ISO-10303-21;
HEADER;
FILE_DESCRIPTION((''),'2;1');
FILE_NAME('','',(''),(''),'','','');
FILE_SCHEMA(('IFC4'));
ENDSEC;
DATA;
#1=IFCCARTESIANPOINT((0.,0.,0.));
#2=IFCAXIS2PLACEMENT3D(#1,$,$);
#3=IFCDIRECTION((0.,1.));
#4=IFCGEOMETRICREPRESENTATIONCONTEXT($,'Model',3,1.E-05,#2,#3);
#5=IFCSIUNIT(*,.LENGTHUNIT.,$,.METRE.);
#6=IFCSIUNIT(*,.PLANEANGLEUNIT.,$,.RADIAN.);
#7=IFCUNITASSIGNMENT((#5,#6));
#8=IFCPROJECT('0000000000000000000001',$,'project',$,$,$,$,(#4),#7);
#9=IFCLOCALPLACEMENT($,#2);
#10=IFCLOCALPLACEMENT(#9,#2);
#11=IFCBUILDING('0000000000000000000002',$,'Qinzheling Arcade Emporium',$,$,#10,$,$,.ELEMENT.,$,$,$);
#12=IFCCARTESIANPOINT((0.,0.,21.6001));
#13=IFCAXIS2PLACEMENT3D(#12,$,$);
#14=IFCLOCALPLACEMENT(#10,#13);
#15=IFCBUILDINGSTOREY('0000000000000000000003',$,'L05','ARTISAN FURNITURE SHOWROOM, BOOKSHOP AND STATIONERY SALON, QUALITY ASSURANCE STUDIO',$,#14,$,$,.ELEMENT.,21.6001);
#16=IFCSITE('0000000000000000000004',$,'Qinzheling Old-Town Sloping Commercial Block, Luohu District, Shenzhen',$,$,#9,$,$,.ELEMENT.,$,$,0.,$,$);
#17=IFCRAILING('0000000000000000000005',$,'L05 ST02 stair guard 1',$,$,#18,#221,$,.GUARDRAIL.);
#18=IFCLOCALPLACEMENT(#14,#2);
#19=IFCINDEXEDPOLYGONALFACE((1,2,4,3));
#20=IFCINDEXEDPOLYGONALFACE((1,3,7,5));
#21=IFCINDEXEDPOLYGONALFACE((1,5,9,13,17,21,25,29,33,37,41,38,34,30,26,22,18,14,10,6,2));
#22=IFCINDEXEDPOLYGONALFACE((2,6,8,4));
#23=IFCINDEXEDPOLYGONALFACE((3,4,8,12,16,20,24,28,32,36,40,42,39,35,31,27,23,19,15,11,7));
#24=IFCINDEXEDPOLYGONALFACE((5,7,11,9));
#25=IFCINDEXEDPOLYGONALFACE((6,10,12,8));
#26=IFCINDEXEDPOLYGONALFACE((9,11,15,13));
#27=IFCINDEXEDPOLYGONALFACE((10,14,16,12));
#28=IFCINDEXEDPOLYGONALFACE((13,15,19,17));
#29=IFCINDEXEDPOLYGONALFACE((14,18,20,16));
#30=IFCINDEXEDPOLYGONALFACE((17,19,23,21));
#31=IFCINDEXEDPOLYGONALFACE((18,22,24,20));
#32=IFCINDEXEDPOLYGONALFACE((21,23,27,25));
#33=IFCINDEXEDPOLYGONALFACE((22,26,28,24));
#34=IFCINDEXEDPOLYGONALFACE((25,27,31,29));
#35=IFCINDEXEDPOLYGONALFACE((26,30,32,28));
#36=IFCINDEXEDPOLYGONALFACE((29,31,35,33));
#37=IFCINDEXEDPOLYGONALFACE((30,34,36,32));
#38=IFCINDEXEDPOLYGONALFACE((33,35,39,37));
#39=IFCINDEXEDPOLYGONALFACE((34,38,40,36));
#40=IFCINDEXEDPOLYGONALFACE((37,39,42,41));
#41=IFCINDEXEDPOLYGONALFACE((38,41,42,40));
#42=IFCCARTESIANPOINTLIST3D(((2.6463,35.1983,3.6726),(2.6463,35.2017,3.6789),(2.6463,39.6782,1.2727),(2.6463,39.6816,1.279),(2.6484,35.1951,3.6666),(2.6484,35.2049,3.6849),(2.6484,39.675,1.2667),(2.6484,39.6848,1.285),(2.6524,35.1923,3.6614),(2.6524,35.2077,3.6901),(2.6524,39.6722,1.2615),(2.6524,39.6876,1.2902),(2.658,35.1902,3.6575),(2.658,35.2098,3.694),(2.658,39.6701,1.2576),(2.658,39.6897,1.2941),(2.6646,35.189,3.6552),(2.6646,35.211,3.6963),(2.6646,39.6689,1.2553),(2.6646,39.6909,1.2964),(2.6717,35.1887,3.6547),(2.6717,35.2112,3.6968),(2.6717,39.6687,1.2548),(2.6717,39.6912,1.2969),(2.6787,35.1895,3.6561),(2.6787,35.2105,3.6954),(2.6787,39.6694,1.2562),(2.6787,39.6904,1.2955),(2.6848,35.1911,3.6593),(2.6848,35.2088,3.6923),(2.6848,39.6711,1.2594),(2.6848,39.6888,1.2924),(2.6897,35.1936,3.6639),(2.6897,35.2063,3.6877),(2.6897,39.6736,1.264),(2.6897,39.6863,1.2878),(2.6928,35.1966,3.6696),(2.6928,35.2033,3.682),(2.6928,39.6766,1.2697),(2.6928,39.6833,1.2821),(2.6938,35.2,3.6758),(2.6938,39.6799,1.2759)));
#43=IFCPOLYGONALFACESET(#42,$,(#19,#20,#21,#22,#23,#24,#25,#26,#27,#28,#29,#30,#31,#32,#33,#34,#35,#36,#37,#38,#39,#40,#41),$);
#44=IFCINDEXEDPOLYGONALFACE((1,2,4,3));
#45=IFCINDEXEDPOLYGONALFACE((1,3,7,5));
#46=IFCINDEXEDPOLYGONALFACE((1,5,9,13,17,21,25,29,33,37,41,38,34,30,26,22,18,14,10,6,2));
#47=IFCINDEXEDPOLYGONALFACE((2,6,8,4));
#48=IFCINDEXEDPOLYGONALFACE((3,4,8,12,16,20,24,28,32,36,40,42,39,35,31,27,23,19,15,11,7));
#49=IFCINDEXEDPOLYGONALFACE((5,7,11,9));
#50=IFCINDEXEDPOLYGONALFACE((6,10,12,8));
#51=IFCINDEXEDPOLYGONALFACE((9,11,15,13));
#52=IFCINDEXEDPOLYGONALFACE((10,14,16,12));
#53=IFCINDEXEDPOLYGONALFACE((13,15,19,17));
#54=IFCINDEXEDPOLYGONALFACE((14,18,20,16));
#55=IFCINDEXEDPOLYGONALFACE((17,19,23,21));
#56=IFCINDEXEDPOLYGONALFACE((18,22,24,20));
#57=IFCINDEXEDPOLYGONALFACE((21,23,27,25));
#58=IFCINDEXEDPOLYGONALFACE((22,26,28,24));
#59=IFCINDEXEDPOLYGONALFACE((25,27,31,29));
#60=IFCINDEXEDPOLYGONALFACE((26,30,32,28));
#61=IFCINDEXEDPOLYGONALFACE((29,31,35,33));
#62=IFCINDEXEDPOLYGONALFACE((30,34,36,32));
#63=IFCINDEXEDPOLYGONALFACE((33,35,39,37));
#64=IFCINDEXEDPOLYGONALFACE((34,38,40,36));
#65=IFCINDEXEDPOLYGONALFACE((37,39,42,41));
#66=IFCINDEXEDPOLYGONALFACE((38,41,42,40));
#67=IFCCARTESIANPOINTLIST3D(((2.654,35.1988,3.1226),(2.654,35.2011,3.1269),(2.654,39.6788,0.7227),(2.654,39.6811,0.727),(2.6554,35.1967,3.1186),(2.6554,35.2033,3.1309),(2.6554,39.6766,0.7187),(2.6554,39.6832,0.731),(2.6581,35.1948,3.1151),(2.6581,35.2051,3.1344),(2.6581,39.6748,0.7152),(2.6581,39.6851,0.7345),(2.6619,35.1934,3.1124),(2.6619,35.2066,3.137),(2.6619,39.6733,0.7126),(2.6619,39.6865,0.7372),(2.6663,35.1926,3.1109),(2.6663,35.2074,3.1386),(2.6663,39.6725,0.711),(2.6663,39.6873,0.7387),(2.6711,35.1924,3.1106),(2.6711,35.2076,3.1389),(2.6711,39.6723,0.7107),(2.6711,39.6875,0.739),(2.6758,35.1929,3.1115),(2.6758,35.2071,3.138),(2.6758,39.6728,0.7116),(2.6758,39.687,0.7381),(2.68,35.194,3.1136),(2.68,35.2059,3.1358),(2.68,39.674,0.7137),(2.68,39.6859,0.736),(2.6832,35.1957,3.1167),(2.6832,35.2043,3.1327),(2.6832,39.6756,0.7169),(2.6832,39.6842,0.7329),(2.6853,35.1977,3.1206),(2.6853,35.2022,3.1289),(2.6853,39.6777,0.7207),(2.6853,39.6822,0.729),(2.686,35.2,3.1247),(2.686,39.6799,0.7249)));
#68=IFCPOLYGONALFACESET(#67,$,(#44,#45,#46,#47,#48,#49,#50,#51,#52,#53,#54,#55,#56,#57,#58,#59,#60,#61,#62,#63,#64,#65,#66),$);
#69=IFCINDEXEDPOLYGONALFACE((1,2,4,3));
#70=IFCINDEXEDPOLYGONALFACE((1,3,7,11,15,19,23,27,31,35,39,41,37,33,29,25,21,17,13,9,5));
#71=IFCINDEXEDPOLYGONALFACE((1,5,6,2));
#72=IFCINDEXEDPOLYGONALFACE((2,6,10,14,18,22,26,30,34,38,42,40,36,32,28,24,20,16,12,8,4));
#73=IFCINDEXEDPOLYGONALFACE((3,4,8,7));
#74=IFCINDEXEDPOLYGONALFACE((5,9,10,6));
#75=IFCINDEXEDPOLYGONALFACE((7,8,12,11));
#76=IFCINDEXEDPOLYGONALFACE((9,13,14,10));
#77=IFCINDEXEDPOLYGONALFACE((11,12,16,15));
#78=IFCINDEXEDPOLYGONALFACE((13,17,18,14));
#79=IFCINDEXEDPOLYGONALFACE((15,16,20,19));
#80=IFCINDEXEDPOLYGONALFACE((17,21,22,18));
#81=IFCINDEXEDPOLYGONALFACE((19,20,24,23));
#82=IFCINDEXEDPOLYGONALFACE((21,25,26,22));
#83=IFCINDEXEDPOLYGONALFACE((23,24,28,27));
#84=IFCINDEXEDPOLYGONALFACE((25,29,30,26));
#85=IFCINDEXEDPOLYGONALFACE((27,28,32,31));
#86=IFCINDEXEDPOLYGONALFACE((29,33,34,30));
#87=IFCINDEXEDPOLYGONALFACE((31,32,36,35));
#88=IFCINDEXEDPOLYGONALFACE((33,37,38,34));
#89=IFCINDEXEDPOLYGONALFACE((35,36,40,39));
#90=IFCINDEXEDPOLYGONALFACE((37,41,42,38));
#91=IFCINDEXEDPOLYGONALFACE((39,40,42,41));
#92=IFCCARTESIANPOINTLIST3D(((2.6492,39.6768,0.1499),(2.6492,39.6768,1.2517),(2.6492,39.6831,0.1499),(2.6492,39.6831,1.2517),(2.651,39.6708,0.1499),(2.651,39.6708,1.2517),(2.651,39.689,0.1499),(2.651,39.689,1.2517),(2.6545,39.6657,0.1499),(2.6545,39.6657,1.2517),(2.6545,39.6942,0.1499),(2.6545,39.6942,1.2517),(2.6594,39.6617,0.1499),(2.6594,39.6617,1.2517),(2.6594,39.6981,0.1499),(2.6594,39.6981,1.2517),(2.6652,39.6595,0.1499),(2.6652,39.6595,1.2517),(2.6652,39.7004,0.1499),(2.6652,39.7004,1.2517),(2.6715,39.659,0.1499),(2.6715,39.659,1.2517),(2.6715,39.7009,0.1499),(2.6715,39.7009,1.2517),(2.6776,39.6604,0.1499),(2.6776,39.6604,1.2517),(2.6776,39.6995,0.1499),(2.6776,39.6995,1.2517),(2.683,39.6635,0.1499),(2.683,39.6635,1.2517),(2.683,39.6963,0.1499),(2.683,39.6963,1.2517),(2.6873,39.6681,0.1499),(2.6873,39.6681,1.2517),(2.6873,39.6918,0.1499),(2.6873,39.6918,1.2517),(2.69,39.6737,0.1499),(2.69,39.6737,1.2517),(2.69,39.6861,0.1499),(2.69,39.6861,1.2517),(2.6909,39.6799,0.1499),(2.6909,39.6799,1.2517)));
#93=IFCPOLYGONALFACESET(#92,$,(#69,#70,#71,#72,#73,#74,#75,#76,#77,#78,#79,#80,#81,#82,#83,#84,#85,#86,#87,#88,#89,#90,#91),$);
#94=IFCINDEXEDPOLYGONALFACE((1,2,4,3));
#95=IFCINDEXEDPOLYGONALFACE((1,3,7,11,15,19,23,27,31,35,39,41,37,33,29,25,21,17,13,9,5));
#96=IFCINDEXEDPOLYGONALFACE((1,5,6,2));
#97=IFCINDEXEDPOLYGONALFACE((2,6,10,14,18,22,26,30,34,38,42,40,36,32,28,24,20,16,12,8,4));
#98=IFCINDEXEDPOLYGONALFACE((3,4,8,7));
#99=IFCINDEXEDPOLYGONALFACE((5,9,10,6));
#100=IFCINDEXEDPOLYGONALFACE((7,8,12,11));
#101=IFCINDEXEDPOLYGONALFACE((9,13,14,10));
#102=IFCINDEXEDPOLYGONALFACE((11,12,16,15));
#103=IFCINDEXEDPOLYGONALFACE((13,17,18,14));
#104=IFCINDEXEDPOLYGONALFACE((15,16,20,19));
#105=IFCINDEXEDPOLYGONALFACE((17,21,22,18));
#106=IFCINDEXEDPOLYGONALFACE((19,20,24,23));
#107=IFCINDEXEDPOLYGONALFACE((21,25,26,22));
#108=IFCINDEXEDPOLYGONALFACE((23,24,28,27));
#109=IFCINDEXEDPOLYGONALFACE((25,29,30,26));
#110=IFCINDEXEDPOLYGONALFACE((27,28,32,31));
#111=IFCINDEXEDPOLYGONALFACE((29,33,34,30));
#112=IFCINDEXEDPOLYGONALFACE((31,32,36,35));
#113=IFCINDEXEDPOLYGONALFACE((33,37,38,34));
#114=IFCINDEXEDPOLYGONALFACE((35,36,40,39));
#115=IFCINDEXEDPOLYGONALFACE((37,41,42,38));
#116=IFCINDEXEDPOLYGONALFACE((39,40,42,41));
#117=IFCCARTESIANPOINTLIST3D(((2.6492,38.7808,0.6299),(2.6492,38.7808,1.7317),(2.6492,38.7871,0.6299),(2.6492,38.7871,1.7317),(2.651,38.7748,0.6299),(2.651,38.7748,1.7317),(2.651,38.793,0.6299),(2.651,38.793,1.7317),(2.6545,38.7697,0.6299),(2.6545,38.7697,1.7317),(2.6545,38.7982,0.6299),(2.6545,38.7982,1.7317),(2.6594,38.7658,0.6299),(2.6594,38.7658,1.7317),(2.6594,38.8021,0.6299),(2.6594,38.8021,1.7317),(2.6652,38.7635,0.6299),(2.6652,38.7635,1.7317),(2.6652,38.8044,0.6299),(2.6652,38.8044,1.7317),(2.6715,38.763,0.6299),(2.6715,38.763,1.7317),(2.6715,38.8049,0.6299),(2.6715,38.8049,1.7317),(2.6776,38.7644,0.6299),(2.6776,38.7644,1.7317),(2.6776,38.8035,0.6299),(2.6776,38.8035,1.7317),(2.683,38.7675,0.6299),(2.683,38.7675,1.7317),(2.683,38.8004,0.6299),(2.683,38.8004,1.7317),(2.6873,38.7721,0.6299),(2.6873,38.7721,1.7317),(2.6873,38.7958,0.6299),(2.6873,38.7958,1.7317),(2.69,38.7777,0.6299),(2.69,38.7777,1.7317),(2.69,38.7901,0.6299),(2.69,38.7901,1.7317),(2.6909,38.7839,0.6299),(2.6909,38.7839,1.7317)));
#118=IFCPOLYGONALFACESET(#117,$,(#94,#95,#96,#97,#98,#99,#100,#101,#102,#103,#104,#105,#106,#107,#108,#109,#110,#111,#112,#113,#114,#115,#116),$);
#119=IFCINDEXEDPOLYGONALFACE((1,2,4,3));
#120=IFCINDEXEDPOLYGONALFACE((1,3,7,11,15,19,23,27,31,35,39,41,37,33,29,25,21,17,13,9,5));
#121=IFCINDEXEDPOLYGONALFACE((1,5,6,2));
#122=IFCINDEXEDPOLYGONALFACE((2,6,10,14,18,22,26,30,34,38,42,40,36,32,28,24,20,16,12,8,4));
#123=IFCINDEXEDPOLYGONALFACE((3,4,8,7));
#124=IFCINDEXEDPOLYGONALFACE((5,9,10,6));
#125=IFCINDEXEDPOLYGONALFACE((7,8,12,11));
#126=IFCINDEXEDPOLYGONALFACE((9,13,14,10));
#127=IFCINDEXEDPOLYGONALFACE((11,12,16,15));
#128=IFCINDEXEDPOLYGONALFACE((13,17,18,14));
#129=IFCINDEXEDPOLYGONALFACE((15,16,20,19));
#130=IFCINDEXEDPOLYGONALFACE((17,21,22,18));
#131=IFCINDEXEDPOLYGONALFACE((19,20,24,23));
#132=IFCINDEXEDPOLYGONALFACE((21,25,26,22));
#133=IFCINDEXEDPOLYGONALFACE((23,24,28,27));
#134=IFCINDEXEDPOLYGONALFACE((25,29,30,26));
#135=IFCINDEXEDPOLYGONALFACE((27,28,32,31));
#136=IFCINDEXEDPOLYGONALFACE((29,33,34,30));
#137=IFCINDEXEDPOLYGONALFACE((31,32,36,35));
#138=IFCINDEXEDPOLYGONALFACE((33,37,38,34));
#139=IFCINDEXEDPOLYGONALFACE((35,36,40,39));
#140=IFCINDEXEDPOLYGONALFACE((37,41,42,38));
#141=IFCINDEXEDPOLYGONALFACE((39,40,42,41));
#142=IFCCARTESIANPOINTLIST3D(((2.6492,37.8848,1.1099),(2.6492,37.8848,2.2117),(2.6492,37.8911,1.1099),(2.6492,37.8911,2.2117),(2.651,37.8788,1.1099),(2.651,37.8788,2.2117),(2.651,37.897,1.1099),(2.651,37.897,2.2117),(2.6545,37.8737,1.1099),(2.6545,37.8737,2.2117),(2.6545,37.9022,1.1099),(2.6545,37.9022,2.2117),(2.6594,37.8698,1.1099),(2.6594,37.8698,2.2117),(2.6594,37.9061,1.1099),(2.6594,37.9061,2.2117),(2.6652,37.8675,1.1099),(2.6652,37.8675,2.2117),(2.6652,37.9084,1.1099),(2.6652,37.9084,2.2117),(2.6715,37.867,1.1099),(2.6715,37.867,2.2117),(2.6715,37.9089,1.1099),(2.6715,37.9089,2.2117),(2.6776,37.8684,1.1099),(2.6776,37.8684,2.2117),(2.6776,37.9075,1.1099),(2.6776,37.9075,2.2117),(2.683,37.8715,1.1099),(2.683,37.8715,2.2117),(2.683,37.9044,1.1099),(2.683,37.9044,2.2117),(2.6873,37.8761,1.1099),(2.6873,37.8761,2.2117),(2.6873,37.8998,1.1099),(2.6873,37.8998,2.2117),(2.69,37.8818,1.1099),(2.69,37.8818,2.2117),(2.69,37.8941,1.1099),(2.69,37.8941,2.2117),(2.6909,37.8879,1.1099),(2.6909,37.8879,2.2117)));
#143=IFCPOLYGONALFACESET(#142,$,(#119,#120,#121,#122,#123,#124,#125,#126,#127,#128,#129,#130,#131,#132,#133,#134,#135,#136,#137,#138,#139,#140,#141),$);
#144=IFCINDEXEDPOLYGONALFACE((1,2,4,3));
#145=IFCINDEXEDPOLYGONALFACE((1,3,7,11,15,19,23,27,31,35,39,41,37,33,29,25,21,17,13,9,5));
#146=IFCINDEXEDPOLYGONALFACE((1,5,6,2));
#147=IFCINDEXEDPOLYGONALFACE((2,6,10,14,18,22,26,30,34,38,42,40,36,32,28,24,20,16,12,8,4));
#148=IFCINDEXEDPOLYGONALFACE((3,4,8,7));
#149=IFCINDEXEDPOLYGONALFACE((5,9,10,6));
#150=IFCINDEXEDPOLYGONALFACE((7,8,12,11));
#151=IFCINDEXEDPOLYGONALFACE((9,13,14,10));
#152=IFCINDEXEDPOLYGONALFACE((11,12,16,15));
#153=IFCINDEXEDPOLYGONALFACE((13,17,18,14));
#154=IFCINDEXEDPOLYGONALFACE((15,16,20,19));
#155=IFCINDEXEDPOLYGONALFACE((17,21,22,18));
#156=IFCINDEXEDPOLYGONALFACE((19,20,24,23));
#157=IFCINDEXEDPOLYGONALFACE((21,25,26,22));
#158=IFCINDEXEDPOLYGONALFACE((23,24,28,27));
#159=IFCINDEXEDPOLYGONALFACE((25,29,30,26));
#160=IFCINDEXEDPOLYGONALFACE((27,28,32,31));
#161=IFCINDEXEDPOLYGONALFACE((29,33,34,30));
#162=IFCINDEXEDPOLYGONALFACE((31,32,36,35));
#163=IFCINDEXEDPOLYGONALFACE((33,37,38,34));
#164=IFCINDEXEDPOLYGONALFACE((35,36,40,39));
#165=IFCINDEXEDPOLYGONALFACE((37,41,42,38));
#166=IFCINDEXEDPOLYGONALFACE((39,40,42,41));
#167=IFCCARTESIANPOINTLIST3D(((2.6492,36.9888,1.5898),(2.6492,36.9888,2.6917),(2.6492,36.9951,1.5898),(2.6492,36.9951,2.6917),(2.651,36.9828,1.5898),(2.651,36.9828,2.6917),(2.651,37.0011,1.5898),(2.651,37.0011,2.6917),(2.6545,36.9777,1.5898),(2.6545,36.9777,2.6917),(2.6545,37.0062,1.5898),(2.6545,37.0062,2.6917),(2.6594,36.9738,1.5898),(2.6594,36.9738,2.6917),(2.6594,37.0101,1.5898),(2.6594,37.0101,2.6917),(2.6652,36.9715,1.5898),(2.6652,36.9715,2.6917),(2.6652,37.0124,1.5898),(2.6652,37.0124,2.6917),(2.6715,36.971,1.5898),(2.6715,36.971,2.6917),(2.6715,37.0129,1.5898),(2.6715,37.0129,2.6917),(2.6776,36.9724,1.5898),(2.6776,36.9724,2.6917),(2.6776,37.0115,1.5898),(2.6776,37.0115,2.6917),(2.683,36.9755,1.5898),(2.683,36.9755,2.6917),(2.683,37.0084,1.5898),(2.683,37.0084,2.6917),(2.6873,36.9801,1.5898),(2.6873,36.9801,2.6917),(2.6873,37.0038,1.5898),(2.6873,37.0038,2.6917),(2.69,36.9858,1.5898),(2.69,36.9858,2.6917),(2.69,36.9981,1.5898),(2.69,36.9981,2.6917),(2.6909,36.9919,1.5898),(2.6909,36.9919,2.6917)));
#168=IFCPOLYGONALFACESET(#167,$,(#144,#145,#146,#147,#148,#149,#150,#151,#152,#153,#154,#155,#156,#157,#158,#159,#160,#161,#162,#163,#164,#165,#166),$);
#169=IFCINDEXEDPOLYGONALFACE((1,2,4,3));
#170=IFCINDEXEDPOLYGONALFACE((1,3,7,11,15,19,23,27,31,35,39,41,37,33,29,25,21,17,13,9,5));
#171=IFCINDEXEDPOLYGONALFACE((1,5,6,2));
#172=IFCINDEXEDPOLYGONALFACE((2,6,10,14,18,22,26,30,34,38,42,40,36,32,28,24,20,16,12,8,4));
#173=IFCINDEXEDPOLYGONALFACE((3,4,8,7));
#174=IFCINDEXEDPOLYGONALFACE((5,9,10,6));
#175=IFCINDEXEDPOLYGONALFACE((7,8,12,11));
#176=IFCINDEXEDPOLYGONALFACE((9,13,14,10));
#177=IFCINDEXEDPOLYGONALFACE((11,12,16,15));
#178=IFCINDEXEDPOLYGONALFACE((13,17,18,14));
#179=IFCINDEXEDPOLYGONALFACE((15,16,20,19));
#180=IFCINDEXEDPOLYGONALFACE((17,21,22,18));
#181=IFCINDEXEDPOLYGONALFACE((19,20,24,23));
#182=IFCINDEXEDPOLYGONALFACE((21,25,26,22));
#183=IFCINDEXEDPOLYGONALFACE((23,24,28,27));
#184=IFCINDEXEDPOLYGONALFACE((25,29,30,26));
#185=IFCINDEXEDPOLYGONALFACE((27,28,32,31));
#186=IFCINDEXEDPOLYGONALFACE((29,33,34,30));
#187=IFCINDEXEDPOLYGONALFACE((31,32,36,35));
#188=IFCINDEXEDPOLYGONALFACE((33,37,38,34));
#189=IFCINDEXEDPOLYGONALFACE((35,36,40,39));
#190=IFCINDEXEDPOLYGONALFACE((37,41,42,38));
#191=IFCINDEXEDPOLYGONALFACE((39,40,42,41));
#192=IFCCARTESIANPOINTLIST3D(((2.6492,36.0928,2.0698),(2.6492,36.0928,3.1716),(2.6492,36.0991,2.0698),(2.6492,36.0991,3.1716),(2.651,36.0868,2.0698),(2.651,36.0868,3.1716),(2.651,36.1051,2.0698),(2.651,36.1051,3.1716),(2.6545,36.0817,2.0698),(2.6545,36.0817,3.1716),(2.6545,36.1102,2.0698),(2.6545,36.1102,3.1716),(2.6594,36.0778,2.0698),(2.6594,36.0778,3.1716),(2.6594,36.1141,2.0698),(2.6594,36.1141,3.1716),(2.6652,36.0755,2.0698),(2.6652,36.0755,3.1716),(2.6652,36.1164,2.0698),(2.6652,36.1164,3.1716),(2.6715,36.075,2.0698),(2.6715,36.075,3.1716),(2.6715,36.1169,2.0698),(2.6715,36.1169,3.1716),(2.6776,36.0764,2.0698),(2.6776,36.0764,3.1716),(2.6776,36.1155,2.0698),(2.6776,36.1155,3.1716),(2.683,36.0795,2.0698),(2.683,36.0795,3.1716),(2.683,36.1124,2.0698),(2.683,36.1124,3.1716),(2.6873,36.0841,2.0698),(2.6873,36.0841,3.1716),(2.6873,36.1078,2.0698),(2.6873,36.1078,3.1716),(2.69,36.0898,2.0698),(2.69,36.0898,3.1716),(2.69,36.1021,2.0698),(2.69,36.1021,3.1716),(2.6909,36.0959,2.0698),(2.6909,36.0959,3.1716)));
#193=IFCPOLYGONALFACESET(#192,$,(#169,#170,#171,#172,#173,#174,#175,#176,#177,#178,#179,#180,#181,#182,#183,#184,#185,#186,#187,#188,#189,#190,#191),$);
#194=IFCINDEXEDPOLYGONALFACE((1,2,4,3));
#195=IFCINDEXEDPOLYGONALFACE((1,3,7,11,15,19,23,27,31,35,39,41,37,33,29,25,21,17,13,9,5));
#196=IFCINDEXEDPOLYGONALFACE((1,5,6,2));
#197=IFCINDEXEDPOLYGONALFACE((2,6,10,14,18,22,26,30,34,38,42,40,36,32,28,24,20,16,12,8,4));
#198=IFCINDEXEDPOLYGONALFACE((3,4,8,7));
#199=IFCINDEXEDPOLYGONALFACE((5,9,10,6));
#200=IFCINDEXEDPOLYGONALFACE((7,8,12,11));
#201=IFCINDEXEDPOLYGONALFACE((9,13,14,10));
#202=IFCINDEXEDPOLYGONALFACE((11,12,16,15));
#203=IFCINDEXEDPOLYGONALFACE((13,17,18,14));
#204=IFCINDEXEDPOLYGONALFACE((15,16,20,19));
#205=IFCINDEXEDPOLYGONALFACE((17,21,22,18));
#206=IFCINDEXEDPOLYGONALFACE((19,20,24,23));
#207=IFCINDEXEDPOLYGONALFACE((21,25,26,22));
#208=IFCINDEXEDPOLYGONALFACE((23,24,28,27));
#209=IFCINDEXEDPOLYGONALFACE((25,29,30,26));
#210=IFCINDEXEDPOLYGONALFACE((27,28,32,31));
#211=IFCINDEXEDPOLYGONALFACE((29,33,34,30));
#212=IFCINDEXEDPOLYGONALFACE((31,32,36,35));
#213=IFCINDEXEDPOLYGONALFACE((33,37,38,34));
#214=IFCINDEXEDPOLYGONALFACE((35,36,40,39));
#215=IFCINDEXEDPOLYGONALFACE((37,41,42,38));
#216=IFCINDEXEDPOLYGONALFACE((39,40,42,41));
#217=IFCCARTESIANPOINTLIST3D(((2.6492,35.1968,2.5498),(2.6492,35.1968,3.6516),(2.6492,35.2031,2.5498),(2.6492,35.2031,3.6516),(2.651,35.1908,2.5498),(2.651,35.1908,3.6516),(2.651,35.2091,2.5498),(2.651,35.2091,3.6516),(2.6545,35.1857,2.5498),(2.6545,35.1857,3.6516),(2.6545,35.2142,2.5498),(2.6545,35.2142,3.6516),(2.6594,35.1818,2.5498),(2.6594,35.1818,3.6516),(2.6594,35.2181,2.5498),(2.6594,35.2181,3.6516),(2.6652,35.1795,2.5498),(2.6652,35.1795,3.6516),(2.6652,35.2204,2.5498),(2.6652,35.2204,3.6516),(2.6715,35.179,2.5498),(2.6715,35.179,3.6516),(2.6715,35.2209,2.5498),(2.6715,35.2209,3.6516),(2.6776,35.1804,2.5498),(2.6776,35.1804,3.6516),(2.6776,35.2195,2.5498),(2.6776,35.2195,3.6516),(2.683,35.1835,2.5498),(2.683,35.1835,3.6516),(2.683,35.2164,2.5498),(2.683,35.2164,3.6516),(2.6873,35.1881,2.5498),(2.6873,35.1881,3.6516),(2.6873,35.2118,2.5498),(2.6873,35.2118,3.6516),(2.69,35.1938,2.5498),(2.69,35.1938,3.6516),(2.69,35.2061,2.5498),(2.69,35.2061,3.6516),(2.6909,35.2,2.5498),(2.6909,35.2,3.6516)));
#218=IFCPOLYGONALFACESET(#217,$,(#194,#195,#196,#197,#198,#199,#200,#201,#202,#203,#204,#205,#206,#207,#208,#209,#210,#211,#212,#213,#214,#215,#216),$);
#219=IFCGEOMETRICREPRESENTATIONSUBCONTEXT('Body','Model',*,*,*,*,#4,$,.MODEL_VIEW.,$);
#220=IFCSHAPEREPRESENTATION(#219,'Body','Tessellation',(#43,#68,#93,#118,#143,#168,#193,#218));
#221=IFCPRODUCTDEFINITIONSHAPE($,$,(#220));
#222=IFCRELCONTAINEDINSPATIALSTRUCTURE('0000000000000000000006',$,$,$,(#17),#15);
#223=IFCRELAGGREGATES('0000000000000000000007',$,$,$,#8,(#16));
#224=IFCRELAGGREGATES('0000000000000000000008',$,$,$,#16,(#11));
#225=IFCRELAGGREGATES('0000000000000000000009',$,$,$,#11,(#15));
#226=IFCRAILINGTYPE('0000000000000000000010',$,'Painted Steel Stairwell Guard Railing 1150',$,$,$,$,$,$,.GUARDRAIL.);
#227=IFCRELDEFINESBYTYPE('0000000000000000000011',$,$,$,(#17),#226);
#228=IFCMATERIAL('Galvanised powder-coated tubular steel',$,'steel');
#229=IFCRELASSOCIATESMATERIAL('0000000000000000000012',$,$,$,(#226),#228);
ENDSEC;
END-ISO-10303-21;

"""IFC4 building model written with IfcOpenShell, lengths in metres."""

from ifc_helpers import new_model, si_unit, direction, frame, origin, origin_2d, place, context, subcontext, project, spatial, circle, extrude, material, type_object, element, save


model = new_model("IFC4")

# Units and contexts
model_context = context("Model", 3, precision=1e-05, world=origin(), true_north=direction((0.0, 1.0)))
body_context = subcontext(model_context, "Body", "Model", "MODEL_VIEW")
ifc_project = project(units=[si_unit("LENGTHUNIT", "METRE"), si_unit("PLANEANGLEUNIT", "RADIAN")], contexts=[model_context])

# Site, building, storey
site_placement = place(None, origin())
site = spatial("IfcSite", under=ifc_project, at=site_placement, Name="Qinzheling Old-Town Sloping Commercial Block, Luohu District, Shenzhen", CompositionType="ELEMENT", RefElevation=0.0)
building_placement = place(site_placement, origin())
building = spatial("IfcBuilding", under=site, at=building_placement, Name="Qinzheling Arcade Emporium", CompositionType="ELEMENT")
storey_placement = place(building_placement, frame((0.0, 0.0, 21.6001)))
storey = spatial("IfcBuildingStorey", under=building, at=storey_placement, Name="L05", Description="ARTISAN FURNITURE SHOWROOM, BOOKSHOP AND STATIONERY SALON, QUALITY ASSURANCE STUDIO", CompositionType="ELEMENT", Elevation=21.6001)

# Railing
ifc_material_1 = material(Name="Galvanised powder-coated tubular steel", Category="steel")
railing_type_1 = type_object("IfcRailingType", Name="Painted Steel Stairwell Guard Railing 1150", PredefinedType="GUARDRAIL", material=ifc_material_1)
railing_1_placement = place(storey_placement, frame((2.6699, 39.6799, 0.1499)))
element("IfcRailing", 1, at=railing_1_placement, inside=storey, type_object=railing_type_1, Name="L05 ST02 stair guard 1", PredefinedType="GUARDRAIL", context=body_context, shape_type="SweptSolid", body=[
    extrude(circle(Radius=0.0239, at=origin_2d()), frame((0.0, 0.0, 1.126), z_axis=(0.0, -0.881487, 0.472208), x_axis=(1.0, 0.0, 0.0)), (0.0, 0.0, 1.0), 5.0823),
    extrude(circle(Radius=0.0161, at=origin_2d()), frame((0.0, 0.0, 0.575), z_axis=(0.0, -0.881487, 0.472208), x_axis=(1.0, 0.0, 0.0)), (0.0, 0.0, 1.0), 5.0823),
    extrude(circle(Radius=0.021, at=origin_2d()), origin(), (0.0, 0.0, 1.0), 1.1018),
    extrude(circle(Radius=0.021, at=origin_2d()), frame((0.0, -0.896, 0.48)), (0.0, 0.0, 1.0), 1.1018),
    extrude(circle(Radius=0.021, at=origin_2d()), frame((0.0, -1.792, 0.96)), (0.0, 0.0, 1.0), 1.1018),
    extrude(circle(Radius=0.021, at=origin_2d()), frame((0.0, -2.688, 1.4399)), (0.0, 0.0, 1.0), 1.1018),
    extrude(circle(Radius=0.021, at=origin_2d()), frame((0.0, -3.584, 1.9199)), (0.0, 0.0, 1.0), 1.1018),
    extrude(circle(Radius=0.021, at=origin_2d()), frame((0.0, -4.48, 2.3999)), (0.0, 0.0, 1.0), 1.1018),
])

save(model, "model.ifc")
